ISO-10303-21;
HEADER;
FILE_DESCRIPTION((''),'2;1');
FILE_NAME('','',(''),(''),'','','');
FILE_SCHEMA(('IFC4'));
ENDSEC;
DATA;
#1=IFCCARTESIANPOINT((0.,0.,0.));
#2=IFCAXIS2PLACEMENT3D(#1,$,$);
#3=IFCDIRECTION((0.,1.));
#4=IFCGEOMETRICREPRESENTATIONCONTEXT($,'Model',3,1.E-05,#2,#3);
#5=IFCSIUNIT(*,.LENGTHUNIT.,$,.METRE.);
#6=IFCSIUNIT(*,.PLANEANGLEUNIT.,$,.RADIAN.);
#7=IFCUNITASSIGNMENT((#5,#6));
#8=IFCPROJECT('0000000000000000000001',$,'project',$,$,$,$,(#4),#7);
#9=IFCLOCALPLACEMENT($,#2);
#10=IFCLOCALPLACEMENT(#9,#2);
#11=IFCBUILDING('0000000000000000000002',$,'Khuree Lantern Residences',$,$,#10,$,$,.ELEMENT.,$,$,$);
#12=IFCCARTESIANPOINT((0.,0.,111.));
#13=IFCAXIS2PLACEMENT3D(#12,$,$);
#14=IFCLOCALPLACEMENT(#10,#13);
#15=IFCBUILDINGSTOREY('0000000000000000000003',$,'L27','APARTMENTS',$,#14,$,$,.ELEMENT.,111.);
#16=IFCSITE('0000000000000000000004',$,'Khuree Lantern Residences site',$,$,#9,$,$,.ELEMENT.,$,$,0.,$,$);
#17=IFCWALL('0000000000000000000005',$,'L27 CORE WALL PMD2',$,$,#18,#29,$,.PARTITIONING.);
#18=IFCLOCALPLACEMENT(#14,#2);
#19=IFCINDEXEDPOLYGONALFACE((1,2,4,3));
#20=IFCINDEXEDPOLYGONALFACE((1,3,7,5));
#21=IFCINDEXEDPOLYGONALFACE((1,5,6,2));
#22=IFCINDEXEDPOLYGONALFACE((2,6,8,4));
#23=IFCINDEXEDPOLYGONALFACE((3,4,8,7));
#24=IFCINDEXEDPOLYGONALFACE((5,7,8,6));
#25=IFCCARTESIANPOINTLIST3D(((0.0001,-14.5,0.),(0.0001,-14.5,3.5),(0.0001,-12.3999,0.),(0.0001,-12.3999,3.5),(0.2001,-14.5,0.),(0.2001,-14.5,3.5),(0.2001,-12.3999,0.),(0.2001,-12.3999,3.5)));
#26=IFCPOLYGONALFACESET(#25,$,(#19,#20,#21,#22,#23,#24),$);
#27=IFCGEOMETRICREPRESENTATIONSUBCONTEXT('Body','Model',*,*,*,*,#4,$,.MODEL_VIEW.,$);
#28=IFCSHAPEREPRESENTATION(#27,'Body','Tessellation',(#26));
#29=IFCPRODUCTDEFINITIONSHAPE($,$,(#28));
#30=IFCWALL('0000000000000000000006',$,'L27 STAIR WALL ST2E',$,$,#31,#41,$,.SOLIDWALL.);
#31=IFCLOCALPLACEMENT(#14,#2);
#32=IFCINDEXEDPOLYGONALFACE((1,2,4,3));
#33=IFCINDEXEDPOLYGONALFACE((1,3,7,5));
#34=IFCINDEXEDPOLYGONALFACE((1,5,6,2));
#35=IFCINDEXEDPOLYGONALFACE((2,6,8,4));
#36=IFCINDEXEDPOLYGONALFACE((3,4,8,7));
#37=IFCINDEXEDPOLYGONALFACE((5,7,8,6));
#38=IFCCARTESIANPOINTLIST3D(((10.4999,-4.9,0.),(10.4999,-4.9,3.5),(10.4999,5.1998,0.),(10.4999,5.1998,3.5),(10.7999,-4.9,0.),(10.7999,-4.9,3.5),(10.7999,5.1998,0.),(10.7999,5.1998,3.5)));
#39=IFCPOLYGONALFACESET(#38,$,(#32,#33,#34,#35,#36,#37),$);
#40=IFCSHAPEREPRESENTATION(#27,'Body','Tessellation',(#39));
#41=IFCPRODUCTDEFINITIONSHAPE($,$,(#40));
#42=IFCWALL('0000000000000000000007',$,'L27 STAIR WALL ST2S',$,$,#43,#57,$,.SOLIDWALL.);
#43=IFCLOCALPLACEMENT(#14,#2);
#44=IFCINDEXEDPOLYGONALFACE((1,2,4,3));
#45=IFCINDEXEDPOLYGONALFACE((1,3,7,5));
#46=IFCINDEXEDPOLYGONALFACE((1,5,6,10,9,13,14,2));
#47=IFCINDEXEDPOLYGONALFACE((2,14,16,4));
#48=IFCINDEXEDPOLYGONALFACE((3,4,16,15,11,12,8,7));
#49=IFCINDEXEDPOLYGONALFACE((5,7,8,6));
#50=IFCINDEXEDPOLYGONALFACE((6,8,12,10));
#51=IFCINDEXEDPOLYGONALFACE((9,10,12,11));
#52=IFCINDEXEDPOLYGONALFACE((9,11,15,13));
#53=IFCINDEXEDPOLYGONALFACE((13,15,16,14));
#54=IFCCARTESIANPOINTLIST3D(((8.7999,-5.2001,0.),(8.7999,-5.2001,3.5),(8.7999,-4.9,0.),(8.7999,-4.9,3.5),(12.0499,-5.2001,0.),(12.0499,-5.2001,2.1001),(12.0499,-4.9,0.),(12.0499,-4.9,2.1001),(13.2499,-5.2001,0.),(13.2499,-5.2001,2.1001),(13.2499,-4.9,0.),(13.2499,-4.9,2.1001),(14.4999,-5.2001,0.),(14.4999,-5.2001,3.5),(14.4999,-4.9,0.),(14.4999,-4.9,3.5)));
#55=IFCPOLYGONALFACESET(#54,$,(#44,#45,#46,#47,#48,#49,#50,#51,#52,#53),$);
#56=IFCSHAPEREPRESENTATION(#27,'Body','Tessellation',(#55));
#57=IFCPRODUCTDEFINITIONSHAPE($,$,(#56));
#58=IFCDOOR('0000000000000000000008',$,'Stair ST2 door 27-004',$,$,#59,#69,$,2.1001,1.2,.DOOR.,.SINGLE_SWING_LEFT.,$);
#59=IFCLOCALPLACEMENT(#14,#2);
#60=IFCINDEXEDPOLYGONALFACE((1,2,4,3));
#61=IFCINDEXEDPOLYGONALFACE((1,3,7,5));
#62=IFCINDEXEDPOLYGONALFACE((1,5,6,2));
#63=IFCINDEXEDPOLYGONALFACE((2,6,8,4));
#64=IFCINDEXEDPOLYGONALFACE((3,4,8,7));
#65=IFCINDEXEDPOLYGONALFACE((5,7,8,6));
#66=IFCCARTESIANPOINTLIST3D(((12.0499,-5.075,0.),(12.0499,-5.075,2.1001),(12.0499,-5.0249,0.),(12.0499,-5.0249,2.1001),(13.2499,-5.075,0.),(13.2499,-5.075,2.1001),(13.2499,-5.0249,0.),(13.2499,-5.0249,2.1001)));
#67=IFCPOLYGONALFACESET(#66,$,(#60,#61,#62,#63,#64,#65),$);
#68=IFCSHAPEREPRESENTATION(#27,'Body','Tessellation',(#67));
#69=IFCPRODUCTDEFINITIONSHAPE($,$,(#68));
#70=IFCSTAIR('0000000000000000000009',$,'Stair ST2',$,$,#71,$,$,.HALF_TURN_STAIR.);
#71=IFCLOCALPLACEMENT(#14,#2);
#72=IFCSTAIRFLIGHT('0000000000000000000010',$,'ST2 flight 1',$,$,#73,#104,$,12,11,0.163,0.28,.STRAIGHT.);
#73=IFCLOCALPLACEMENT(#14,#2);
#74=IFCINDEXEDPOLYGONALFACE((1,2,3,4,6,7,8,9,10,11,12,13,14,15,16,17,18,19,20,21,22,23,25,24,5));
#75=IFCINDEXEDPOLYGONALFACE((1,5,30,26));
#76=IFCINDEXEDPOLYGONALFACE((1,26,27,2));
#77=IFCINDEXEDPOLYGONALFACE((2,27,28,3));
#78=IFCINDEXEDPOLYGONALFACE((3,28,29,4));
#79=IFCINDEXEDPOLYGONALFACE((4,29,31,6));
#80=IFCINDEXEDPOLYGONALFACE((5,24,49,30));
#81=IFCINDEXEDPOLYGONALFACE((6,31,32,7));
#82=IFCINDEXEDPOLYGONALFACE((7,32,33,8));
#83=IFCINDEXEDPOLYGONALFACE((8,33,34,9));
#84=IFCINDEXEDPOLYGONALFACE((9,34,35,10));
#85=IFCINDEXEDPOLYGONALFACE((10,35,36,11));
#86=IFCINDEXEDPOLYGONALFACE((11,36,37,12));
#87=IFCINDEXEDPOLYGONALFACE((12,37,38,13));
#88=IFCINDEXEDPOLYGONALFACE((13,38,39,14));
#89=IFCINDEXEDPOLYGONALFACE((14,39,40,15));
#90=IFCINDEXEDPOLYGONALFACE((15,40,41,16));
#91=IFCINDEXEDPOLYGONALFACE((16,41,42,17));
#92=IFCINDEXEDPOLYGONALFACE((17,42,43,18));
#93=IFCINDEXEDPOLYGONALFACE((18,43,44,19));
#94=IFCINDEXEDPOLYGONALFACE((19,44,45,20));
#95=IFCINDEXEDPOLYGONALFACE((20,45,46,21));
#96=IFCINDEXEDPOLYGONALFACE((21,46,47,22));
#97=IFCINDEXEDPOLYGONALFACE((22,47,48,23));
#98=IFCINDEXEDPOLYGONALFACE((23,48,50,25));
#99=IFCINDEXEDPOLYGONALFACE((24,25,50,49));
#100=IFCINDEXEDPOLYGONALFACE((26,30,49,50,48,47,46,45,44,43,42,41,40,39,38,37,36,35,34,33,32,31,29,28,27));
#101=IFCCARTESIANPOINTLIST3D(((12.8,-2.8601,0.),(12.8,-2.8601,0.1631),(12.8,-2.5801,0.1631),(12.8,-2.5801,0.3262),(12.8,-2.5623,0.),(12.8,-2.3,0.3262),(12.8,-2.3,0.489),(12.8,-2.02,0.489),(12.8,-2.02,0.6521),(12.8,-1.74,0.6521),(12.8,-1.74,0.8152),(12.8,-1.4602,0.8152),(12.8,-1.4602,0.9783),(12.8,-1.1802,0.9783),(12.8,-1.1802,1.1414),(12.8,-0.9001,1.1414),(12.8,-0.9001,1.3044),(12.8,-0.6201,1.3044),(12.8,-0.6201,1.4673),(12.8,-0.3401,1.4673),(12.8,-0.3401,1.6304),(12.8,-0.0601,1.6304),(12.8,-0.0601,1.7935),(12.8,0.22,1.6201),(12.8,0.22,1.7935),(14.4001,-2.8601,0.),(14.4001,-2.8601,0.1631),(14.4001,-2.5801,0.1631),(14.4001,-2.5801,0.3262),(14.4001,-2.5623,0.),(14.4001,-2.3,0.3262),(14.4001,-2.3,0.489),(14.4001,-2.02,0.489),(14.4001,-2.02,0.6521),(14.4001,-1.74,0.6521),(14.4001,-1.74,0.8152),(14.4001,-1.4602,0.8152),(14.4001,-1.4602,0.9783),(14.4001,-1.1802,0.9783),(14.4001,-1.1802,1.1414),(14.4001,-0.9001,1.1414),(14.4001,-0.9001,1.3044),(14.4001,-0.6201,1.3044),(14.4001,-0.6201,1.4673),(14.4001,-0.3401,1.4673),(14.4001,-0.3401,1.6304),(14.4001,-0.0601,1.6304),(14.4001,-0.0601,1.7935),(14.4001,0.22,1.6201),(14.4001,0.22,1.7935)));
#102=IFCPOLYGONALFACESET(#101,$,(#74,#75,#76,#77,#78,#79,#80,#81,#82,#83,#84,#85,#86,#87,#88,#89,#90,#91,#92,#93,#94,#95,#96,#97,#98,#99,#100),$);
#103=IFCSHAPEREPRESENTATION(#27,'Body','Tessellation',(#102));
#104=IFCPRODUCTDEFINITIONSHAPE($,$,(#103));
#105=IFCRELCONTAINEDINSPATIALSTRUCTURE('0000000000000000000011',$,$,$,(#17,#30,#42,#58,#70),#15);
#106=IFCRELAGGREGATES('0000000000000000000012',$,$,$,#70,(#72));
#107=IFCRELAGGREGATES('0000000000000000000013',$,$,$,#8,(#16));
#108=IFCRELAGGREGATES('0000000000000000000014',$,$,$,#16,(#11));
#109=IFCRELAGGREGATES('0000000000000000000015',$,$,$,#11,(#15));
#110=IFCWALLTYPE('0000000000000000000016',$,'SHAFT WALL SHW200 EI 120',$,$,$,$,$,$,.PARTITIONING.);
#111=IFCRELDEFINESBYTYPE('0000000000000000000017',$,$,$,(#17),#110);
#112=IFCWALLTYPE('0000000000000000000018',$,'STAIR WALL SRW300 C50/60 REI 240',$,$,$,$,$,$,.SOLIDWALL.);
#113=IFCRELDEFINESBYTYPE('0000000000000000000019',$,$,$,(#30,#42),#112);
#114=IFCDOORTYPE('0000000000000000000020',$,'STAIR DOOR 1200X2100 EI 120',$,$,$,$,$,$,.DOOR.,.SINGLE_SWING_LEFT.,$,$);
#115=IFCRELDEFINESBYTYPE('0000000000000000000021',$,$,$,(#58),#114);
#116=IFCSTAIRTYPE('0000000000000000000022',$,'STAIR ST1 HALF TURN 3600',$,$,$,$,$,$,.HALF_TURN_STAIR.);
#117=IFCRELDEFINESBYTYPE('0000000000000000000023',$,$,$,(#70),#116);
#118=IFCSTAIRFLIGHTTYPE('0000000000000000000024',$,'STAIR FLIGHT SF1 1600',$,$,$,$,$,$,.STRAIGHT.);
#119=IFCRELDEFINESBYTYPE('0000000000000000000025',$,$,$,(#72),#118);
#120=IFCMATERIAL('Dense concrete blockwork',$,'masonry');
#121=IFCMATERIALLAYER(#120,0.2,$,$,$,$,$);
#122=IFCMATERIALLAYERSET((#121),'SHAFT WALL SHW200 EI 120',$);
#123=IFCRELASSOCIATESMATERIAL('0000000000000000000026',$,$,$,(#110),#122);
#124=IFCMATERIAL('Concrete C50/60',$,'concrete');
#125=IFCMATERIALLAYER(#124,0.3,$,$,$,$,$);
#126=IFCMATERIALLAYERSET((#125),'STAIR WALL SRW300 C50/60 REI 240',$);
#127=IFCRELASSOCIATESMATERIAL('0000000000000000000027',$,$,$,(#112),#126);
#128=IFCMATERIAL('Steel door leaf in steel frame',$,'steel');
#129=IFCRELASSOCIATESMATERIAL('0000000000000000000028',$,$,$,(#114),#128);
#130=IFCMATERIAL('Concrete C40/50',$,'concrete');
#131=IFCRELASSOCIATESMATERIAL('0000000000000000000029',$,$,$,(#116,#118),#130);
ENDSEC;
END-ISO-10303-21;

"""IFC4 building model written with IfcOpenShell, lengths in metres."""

from ifc_helpers import new_model, si_unit, direction, frame, frame_2d, origin, place, context, subcontext, project, spatial, polyline, rectangle, outline, extrude, material, layer, layer_set, type_object, element, fill, aggregate, save


model = new_model("IFC4")

# Units and contexts
model_context = context("Model", 3, precision=1e-05, world=origin(), true_north=direction((0.0, 1.0)))
body_context = subcontext(model_context, "Body", "Model", "MODEL_VIEW")
ifc_project = project(units=[si_unit("LENGTHUNIT", "METRE"), si_unit("PLANEANGLEUNIT", "RADIAN")], contexts=[model_context])

# Site, building, storey
site_placement = place(None, origin())
site = spatial("IfcSite", under=ifc_project, at=site_placement, Name="Khuree Lantern Residences site", CompositionType="ELEMENT", RefElevation=0.0)
building_placement = place(site_placement, origin())
building = spatial("IfcBuilding", under=site, at=building_placement, Name="Khuree Lantern Residences", CompositionType="ELEMENT")
storey_placement = place(building_placement, frame((0.0, 0.0, 111.0)))
storey = spatial("IfcBuildingStorey", under=building, at=storey_placement, Name="L27", Description="APARTMENTS", CompositionType="ELEMENT", Elevation=111.0)

# Shared definitions
ifc_material_1 = material(Name="Dense concrete blockwork", Category="masonry")

# Shared definitions
ifc_material_2 = material(Name="Steel door leaf in steel frame", Category="steel")

# Walls
ifc_layer_1 = layer(ifc_material_1, 0.2)
ifc_layer_set_1 = layer_set([ifc_layer_1], Name="SHAFT WALL SHW200 EI 120")
wall_type_1 = type_object("IfcWallType", Name="SHAFT WALL SHW200 EI 120", PredefinedType="PARTITIONING", material=ifc_layer_set_1)
wall_1_placement = place(storey_placement, frame((0.1001, -14.5, 0.0), z_axis=(0.0, 0.0, 1.0), x_axis=(0.0, 1.0, 0.0)))
element("IfcWall", 1, at=wall_1_placement, inside=storey, type_object=wall_type_1, Name="L27 CORE WALL PMD2", PredefinedType="PARTITIONING", context=body_context, shape_type="SweptSolid", body=[
    extrude(rectangle(XDim=2.1001, YDim=0.2, at=frame_2d((1.05, 0.0))), origin(), (0.0, 0.0, 1.0), 3.5),
])
ifc_material_3 = material(Name="Concrete C50/60", Category="concrete")
ifc_layer_2 = layer(ifc_material_3, 0.3)
ifc_layer_set_2 = layer_set([ifc_layer_2], Name="STAIR WALL SRW300 C50/60 REI 240")
wall_type_2 = type_object("IfcWallType", Name="STAIR WALL SRW300 C50/60 REI 240", PredefinedType="SOLIDWALL", material=ifc_layer_set_2)
wall_2_placement = place(storey_placement, frame((10.6499, -4.8999, 0.0), z_axis=(0.0, 0.0, 1.0), x_axis=(0.0, 1.0, 0.0)))
element("IfcWall", 2, at=wall_2_placement, inside=storey, type_object=wall_type_2, Name="L27 STAIR WALL ST2E", PredefinedType="SOLIDWALL", context=body_context, shape_type="SweptSolid", body=[
    extrude(rectangle(XDim=10.0999, YDim=0.3, at=frame_2d((5.0498, 0.0))), origin(), (0.0, 0.0, 1.0), 3.5),
])

# Wall, opening, door
wall_3_placement = place(storey_placement, frame((14.5, -5.05, 0.0), z_axis=(0.0, 0.0, 1.0), x_axis=(-1.0, 0.0, 0.0)))
wall_3 = element("IfcWall", 3, at=wall_3_placement, inside=storey, type_object=wall_type_2, Name="L27 STAIR WALL ST2S", PredefinedType="SOLIDWALL", context=body_context, shape_type="SweptSolid", body=[
    extrude(rectangle(XDim=5.7, YDim=0.3, at=frame_2d((2.8501, 0.0))), origin(), (0.0, 0.0, 1.0), 3.5),
])
opening_1_placement = place(wall_3_placement, frame((1.25, 0.0, 0.0)))
opening_1 = element("IfcOpeningElement", 4, at=opening_1_placement, cuts=wall_3, PredefinedType="OPENING", context=body_context, shape_type="SweptSolid", body=[
    extrude(rectangle(XDim=1.2, YDim=2.1001, at=frame_2d((0.6001, 1.05))), frame((0.0, 0.1602, 0.0), z_axis=(0.0, -1.0, 0.0), x_axis=(1.0, 0.0, 0.0)), (0.0, 0.0, 1.0), 0.3201),
])
door_type_1 = type_object("IfcDoorType", Name="STAIR DOOR 1200X2100 EI 120", OperationType="SINGLE_SWING_LEFT", PredefinedType="DOOR", material=ifc_material_2)
door_1_placement = place(opening_1_placement, origin())
door_1 = element("IfcDoor", 5, at=door_1_placement, inside=storey, type_object=door_type_1, Name="Stair ST2 door 27-004", OperationType="SINGLE_SWING_LEFT", OverallHeight=2.1001, OverallWidth=1.2, PredefinedType="DOOR", context=body_context, shape_type="SweptSolid", body=[
    extrude(rectangle(XDim=1.2, YDim=2.1001, at=frame_2d((0.6001, 1.05))), frame((0.0, 0.0249, 0.0), z_axis=(0.0, -1.0, 0.0), x_axis=(1.0, 0.0, 0.0)), (0.0, 0.0, 1.0), 0.05),
])
fill(opening_1, door_1)

# Stair, stair flight
ifc_material_4 = material(Name="Concrete C40/50", Category="concrete")
stair_type = type_object("IfcStairType", Name="STAIR ST1 HALF TURN 3600", PredefinedType="HALF_TURN_STAIR", material=ifc_material_4)
stair_placement = place(storey_placement, origin())
stair = element("IfcStair", 6, at=stair_placement, inside=storey, type_object=stair_type, Name="Stair ST2", PredefinedType="HALF_TURN_STAIR")
stair_flight_type = type_object("IfcStairFlightType", Name="STAIR FLIGHT SF1 1600", PredefinedType="STRAIGHT", material=ifc_material_4)
stair_flight_placement = place(storey_placement, frame((13.6001, -2.8601, 0.0), z_axis=(0.0, 0.0, 1.0), x_axis=(0.0, 1.0, 0.0)))
stair_flight = element("IfcStairFlight", 7, at=stair_flight_placement, type_object=stair_flight_type, Name="ST2 flight 1", NumberOfRisers=12, NumberOfTreads=11, PredefinedType="STRAIGHT", RiserHeight=0.163, TreadLength=0.28, context=body_context, shape_type="SweptSolid", body=[
    extrude(outline(polyline([(0.0, 0.0), (0.0, 0.1631), (0.28, 0.1631), (0.28, 0.3262), (0.5601, 0.3262), (0.5601, 0.489), (0.8401, 0.489), (0.8401, 0.6521), (1.1201, 0.6521), (1.1201, 0.8152), (1.3999, 0.8152), (1.3999, 0.9783), (1.6799, 0.9783), (1.6799, 1.1414), (1.96, 1.1414), (1.96, 1.3044), (2.24, 1.3044), (2.24, 1.4673), (2.52, 1.4673), (2.52, 1.6304), (2.8, 1.6304), (2.8, 1.7935), (3.0801, 1.7935), (3.0801, 1.9565), (3.0801, 1.6201), (0.2979, 0.0), (0.0, 0.0)])), frame((0.0, 0.8, 0.0), z_axis=(0.0, -1.0, 0.0), x_axis=(1.0, 0.0, 0.0)), (0.0, 0.0, 1.0), 1.6001),
])
aggregate(stair, [stair_flight])

save(model, "model.ifc")
